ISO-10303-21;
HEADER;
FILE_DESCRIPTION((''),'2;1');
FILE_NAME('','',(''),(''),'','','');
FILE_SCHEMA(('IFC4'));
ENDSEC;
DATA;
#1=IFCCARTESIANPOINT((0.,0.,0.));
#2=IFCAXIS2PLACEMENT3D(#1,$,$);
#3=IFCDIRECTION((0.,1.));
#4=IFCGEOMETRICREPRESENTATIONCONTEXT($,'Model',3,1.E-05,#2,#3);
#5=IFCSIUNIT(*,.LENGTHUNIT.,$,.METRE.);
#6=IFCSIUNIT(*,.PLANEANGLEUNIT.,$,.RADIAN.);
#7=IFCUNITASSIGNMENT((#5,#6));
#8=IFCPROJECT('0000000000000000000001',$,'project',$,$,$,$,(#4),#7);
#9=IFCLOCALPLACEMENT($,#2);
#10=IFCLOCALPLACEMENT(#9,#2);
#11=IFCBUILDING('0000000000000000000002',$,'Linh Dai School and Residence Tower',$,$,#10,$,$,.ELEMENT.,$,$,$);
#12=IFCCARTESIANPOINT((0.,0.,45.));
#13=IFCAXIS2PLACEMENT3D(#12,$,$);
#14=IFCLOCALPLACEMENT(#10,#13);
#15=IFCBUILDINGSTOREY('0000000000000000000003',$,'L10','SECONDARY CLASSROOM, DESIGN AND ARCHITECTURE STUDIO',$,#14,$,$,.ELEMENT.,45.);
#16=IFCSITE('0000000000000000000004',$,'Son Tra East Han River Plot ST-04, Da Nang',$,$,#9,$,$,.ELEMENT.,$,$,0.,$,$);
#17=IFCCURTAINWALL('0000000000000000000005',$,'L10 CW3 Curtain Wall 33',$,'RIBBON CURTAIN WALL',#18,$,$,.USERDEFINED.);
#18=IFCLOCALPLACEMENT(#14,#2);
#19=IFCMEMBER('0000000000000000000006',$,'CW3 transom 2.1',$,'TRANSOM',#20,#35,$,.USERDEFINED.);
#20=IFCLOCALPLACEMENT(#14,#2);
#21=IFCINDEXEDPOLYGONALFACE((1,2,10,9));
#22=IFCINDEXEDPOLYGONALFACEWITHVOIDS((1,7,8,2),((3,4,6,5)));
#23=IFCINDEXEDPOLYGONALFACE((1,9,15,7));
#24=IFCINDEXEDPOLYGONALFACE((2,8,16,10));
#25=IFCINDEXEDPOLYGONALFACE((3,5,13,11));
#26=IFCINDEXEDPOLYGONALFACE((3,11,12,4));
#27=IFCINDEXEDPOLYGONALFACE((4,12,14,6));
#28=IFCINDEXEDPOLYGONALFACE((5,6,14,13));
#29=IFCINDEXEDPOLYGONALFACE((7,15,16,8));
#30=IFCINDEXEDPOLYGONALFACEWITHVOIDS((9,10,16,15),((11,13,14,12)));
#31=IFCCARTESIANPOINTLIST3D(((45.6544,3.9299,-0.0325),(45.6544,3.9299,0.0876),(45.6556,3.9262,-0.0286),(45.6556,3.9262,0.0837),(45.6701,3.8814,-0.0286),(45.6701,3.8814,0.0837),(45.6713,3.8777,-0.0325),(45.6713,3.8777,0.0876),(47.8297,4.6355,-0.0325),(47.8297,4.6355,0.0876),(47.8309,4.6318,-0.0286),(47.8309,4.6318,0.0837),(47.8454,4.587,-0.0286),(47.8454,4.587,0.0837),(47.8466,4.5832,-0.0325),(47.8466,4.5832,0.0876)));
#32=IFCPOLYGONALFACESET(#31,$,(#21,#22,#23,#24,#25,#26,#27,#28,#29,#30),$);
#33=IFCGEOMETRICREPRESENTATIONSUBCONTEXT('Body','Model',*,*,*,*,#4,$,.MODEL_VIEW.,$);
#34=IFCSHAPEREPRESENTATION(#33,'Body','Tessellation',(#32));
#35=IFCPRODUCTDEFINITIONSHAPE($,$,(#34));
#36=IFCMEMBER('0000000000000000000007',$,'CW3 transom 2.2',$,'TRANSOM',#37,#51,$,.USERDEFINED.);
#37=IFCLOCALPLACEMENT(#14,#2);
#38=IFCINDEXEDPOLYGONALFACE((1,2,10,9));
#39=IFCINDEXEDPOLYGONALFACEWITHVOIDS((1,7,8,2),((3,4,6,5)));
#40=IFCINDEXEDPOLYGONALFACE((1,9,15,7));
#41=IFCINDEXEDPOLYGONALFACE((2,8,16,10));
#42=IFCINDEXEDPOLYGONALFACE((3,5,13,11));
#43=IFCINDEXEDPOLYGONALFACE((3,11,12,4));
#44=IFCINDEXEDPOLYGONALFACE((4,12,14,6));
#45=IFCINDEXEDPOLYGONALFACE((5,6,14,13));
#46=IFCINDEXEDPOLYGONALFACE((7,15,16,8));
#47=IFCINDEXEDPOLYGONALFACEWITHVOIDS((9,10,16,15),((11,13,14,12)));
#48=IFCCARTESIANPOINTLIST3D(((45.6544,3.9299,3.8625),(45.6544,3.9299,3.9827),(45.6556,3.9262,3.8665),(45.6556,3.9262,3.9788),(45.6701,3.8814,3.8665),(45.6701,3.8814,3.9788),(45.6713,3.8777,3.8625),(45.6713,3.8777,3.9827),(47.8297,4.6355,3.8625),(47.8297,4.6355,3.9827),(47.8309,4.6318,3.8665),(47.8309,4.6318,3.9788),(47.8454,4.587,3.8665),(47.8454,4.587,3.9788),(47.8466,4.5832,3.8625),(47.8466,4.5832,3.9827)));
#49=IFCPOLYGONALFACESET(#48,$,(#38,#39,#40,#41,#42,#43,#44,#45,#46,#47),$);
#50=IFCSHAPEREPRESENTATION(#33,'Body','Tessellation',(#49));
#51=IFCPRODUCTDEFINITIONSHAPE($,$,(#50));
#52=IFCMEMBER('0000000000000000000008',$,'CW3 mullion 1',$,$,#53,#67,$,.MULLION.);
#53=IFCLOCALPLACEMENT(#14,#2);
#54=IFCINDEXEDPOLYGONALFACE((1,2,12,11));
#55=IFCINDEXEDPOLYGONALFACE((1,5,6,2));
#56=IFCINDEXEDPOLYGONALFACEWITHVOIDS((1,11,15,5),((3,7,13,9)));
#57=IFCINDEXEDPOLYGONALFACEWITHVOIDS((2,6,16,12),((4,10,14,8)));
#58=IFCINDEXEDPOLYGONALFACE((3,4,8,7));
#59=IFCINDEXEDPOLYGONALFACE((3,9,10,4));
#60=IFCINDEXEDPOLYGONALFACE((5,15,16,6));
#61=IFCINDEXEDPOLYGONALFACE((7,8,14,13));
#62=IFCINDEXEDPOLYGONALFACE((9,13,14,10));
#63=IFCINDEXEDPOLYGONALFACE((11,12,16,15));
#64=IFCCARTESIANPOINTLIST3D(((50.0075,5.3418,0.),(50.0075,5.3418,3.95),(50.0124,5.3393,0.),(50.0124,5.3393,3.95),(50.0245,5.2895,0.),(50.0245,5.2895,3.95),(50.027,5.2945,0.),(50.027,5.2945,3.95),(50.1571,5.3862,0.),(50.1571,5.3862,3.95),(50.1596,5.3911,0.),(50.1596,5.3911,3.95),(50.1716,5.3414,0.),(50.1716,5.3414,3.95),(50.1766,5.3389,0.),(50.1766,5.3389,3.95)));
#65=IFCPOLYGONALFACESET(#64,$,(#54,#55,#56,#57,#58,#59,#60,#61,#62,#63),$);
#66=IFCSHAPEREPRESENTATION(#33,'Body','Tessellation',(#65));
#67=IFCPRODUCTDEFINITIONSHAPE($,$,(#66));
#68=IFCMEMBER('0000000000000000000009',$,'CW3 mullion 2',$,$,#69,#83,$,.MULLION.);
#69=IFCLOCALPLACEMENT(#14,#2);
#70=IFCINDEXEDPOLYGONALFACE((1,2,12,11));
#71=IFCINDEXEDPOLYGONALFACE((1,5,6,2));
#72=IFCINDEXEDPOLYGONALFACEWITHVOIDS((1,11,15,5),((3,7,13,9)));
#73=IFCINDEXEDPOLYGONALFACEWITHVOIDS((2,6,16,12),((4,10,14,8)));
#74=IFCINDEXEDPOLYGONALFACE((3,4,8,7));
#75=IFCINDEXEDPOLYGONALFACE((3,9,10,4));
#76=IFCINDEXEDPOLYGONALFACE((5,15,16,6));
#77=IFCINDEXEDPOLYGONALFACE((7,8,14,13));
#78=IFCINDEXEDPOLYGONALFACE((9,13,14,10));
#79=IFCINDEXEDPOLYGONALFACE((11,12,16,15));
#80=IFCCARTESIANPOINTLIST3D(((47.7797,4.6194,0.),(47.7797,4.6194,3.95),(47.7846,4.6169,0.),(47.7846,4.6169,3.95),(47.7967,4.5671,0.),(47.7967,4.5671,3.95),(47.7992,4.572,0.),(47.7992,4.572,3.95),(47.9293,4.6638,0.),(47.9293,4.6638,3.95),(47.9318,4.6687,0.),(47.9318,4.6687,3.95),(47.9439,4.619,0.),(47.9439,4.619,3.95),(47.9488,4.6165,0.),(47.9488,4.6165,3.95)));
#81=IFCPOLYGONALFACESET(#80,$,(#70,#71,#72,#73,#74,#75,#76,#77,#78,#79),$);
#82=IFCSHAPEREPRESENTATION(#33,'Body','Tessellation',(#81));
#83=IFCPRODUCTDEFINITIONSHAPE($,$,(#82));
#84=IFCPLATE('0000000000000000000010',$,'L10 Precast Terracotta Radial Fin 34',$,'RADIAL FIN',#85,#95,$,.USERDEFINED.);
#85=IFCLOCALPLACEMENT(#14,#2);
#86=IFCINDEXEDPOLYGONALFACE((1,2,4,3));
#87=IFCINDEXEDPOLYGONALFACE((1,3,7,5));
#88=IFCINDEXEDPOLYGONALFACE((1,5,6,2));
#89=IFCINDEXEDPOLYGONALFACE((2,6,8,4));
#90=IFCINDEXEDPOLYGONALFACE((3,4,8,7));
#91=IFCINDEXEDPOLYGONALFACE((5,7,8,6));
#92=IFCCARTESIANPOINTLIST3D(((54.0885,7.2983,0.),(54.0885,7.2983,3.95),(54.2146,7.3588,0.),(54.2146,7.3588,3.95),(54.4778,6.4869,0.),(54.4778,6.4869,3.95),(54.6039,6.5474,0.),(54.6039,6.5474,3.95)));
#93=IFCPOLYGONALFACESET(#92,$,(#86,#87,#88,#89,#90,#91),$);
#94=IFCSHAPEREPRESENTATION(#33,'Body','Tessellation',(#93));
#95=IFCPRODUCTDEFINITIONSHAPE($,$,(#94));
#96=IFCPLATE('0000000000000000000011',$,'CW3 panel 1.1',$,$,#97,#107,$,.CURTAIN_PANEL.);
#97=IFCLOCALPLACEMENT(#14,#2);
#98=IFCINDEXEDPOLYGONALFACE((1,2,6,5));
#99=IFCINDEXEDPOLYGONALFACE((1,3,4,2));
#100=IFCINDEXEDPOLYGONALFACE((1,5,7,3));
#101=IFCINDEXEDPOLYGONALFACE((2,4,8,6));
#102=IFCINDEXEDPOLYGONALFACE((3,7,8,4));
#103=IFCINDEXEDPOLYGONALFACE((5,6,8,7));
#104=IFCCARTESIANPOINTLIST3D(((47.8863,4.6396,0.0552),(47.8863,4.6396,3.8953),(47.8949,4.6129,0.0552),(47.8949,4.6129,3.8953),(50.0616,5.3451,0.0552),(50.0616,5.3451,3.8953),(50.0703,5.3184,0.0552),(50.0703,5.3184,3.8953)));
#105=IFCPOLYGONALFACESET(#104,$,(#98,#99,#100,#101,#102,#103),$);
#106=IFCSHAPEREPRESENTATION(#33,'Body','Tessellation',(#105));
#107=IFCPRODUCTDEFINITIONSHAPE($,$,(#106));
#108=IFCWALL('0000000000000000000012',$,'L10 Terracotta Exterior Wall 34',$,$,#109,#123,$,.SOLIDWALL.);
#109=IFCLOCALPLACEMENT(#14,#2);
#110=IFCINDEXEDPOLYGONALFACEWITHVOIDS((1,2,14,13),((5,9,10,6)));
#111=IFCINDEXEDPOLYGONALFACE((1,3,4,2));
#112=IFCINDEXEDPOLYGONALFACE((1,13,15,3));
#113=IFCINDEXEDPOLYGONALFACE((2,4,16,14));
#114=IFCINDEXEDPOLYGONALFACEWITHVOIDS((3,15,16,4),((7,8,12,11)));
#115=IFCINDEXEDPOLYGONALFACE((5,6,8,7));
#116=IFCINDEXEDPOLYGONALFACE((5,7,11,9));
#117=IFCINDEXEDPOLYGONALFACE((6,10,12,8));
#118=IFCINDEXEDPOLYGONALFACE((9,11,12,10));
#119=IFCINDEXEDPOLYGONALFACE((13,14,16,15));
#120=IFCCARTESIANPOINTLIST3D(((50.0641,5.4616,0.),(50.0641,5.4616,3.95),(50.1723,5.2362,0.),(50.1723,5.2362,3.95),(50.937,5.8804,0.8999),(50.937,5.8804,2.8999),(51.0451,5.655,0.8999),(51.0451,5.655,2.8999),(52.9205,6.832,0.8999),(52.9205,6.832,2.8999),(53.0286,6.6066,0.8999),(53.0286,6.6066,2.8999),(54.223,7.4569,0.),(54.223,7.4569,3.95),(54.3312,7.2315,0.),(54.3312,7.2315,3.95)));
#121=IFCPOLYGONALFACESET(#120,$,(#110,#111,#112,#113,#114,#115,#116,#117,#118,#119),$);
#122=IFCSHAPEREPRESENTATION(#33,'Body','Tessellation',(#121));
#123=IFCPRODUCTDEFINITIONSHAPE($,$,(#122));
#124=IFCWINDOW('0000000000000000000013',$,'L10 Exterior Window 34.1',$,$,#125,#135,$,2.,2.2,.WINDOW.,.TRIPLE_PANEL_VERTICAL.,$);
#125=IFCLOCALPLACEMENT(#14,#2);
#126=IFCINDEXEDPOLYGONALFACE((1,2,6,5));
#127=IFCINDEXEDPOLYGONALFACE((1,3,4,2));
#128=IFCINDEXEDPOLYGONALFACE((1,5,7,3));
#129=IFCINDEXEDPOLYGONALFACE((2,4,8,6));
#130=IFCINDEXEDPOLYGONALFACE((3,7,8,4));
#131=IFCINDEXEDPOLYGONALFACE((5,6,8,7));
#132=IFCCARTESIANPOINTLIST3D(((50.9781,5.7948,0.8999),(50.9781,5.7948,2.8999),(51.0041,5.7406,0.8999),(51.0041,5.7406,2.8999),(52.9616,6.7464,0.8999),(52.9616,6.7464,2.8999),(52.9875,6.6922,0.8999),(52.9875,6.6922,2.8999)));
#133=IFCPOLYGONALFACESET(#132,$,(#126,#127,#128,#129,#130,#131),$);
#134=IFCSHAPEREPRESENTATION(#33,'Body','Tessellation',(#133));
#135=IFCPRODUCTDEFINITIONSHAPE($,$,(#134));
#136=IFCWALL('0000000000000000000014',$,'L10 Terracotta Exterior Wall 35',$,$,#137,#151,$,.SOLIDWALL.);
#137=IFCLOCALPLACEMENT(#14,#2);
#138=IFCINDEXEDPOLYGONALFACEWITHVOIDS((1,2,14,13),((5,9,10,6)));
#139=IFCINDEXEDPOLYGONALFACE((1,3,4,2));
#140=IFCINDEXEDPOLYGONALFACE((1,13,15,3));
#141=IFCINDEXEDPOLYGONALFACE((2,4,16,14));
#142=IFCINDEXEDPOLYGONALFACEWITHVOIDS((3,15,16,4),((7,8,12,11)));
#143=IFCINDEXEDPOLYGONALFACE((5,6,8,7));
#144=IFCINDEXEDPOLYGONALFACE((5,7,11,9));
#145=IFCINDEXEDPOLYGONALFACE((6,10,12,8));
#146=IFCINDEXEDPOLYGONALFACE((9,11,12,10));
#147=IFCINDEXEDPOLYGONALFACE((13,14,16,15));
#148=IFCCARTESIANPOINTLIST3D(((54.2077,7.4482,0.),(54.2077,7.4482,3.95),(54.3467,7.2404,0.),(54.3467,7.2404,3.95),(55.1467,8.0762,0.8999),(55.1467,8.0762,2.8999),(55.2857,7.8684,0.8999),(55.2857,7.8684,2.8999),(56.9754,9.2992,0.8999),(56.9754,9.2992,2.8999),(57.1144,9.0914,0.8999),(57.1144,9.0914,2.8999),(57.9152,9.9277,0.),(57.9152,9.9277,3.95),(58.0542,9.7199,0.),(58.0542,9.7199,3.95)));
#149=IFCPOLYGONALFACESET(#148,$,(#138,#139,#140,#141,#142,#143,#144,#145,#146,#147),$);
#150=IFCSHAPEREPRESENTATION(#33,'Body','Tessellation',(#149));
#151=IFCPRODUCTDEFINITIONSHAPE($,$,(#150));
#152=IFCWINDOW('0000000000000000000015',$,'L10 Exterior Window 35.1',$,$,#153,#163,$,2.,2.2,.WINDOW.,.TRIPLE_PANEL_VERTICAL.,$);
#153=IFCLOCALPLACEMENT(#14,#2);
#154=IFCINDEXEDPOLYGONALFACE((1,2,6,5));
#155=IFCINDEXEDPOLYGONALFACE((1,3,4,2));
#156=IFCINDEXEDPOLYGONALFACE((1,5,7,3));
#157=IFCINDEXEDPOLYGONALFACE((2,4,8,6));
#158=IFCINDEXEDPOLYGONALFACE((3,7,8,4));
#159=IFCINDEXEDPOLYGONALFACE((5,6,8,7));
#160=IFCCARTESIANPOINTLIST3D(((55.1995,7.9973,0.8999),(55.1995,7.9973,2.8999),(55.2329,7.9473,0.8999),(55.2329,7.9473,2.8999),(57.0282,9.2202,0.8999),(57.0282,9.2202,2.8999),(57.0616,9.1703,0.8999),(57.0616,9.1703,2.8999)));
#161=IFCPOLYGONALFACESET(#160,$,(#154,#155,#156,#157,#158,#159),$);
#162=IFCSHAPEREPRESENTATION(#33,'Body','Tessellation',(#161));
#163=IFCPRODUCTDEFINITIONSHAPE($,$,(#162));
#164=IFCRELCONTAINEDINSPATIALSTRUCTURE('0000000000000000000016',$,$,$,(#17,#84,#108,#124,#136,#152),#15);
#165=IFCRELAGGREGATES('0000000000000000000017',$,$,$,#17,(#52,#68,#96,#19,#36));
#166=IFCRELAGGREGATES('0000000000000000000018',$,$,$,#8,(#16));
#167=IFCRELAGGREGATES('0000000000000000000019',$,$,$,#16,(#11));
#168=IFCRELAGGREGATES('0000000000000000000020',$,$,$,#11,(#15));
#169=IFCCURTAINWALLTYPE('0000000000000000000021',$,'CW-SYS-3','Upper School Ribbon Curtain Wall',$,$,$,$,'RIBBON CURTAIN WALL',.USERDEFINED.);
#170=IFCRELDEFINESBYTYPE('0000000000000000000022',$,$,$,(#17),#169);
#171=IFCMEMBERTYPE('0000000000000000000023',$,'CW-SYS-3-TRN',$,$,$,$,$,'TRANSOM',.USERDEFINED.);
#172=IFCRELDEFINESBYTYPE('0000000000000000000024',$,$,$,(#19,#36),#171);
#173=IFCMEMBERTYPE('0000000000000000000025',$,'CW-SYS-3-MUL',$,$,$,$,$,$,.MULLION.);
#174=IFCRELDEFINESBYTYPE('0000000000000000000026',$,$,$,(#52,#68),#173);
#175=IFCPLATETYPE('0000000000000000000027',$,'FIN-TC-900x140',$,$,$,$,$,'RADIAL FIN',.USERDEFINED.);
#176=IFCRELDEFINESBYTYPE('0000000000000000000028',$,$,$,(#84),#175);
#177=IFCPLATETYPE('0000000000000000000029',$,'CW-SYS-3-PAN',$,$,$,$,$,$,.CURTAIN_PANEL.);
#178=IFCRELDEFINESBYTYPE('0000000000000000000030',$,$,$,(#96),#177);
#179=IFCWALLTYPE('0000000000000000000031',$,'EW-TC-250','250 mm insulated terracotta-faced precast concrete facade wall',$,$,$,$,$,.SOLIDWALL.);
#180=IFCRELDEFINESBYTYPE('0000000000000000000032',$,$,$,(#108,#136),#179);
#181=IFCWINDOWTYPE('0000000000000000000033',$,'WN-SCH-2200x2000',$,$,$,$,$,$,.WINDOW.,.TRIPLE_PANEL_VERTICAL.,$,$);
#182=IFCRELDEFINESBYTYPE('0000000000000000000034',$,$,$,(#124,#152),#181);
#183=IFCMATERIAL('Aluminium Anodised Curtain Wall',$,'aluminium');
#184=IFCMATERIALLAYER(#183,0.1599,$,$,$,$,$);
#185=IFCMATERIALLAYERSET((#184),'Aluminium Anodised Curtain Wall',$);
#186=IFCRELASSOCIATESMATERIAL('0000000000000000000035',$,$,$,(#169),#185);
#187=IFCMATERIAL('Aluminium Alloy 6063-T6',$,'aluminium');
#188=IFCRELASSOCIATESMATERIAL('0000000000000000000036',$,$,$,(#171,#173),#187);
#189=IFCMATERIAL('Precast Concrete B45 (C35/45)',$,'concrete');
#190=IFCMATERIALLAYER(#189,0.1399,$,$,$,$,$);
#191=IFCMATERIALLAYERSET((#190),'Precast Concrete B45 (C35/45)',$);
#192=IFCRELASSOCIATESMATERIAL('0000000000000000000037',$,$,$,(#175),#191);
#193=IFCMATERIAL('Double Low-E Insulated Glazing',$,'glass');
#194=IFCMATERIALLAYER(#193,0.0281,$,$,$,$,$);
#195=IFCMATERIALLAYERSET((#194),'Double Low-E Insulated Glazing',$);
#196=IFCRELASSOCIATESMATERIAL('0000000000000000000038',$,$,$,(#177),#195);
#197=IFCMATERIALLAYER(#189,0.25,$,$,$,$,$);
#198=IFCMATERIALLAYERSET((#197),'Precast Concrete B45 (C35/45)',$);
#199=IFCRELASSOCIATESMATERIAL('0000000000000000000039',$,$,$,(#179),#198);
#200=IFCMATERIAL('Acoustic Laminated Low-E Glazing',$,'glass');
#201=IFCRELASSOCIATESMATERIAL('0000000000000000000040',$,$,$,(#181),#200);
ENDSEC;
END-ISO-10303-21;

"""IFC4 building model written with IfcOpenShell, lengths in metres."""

from ifc_helpers import new_model, si_unit, direction, frame, frame_2d, origin, origin_2d, place, context, subcontext, project, spatial, rectangle, hollow_rectangle, extrude, source, transform, mapped, material, layer, layer_set, material_profile, profile_set, type_object, element, fill, aggregate, save


model = new_model("IFC4")

# Units and contexts
model_context = context("Model", 3, precision=1e-05, world=origin(), true_north=direction((0.0, 1.0)))
body_context = subcontext(model_context, "Body", "Model", "MODEL_VIEW")
ifc_project = project(units=[si_unit("LENGTHUNIT", "METRE"), si_unit("PLANEANGLEUNIT", "RADIAN")], contexts=[model_context])

# Site, building, storey
site_placement = place(None, origin())
site = spatial("IfcSite", under=ifc_project, at=site_placement, Name="Son Tra East Han River Plot ST-04, Da Nang", CompositionType="ELEMENT", RefElevation=0.0)
building_placement = place(site_placement, origin())
building = spatial("IfcBuilding", under=site, at=building_placement, Name="Linh Dai School and Residence Tower", CompositionType="ELEMENT")
storey_placement = place(building_placement, frame((0.0, 0.0, 45.0)))
storey = spatial("IfcBuildingStorey", under=building, at=storey_placement, Name="L10", Description="SECONDARY CLASSROOM, DESIGN AND ARCHITECTURE STUDIO", CompositionType="ELEMENT", Elevation=45.0)

# Curtain wall, members
ifc_material_1 = material(Name="Aluminium Anodised Curtain Wall", Category="aluminium")
ifc_layer_1 = layer(ifc_material_1, 0.1599)
ifc_layer_set_1 = layer_set([ifc_layer_1], Name="Aluminium Anodised Curtain Wall")
curtain_wall_type = type_object("IfcCurtainWallType", Name="CW-SYS-3", Description="Upper School Ribbon Curtain Wall", ElementType="RIBBON CURTAIN WALL", PredefinedType="USERDEFINED", material=ifc_layer_set_1)
curtain_wall_placement = place(storey_placement, origin())
curtain_wall = element("IfcCurtainWall", 1, at=curtain_wall_placement, inside=storey, type_object=curtain_wall_type, Name="L10 CW3 Curtain Wall 33", ObjectType="RIBBON CURTAIN WALL", PredefinedType="USERDEFINED")
ifc_material_2 = material(Name="Aluminium Alloy 6063-T6", Category="aluminium")
ifc_material_profile_1 = material_profile(ifc_material_2, hollow_rectangle(XDim=0.0549, YDim=0.1201, WallThickness=0.0039, at=origin_2d()), Name="RHS 120x55x4")
ifc_profile_set_1 = profile_set([ifc_material_profile_1], Name="Aluminium Alloy 6063-T6")
member_type_1 = type_object("IfcMemberType", Name="CW-SYS-3-TRN", ElementType="TRANSOM", PredefinedType="USERDEFINED", material=ifc_profile_set_1)
shared_shape_1 = source(origin(), body_context, "Body", "SweptSolid", [
    extrude(hollow_rectangle(XDim=0.0549, YDim=0.1201, WallThickness=0.0039, at=origin_2d()), origin(), (0.0, 0.0, 1.0), 2.2869),
])
member_1_placement = place(storey_placement, frame((47.8381, 4.6094, 0.0276), z_axis=(-0.951214, -0.308531, 0.0), x_axis=(0.308531, -0.951214, 0.0)))
member_1 = element("IfcMember", 2, at=member_1_placement, type_object=member_type_1, Name="CW3 transom 2.1", ObjectType="TRANSOM", PredefinedType="USERDEFINED", context=body_context, shape_type="MappedRepresentation", body=[
    mapped(shared_shape_1, transform((0.0, 0.0, 0.0), x_axis=(1.0, 0.0, 0.0), y_axis=(0.0, 1.0, 0.0), z_axis=(0.0, 0.0, 1.0), scale=1.0)),
])
member_2_placement = place(storey_placement, frame((47.8381, 4.6094, 3.9226), z_axis=(-0.951214, -0.308531, 0.0), x_axis=(0.308531, -0.951214, 0.0)))
member_2 = element("IfcMember", 3, at=member_2_placement, type_object=member_type_1, Name="CW3 transom 2.2", ObjectType="TRANSOM", PredefinedType="USERDEFINED", context=body_context, shape_type="MappedRepresentation", body=[
    mapped(shared_shape_1, transform((0.0, 0.0, 0.0), x_axis=(1.0, 0.0, 0.0), y_axis=(0.0, 1.0, 0.0), z_axis=(0.0, 0.0, 1.0), scale=1.0)),
])
ifc_material_profile_2 = material_profile(ifc_material_2, hollow_rectangle(XDim=0.0549, YDim=0.1599, WallThickness=0.0039, at=origin_2d()), Name="RHS 160x55x4")
ifc_profile_set_2 = profile_set([ifc_material_profile_2], Name="Aluminium Alloy 6063-T6")
member_type_2 = type_object("IfcMemberType", Name="CW-SYS-3-MUL", PredefinedType="MULLION", material=ifc_profile_set_2)
shared_shape_2 = source(origin(), body_context, "Body", "SweptSolid", [
    extrude(hollow_rectangle(XDim=0.0549, YDim=0.1599, WallThickness=0.0039, at=origin_2d()), origin(), (0.0, 0.0, 1.0), 3.95),
])
member_3_placement = place(storey_placement, frame((50.092, 5.3403, 0.0), z_axis=(0.0, 0.0, 1.0), x_axis=(0.308511, -0.951221, 0.0)))
member_3 = element("IfcMember", 4, at=member_3_placement, type_object=member_type_2, Name="CW3 mullion 1", PredefinedType="MULLION", context=body_context, shape_type="MappedRepresentation", body=[
    mapped(shared_shape_2, transform((0.0, 0.0, 0.0), x_axis=(1.0, 0.0, 0.0), y_axis=(0.0, 1.0, 0.0), z_axis=(0.0, 0.0, 1.0), scale=1.0)),
])
member_4_placement = place(storey_placement, frame((47.8643, 4.6179, 0.0), z_axis=(0.0, 0.0, 1.0), x_axis=(0.308511, -0.951221, 0.0)))
member_4 = element("IfcMember", 5, at=member_4_placement, type_object=member_type_2, Name="CW3 mullion 2", PredefinedType="MULLION", context=body_context, shape_type="MappedRepresentation", body=[
    mapped(shared_shape_2, transform((0.0, 0.0, 0.0), x_axis=(1.0, 0.0, 0.0), y_axis=(0.0, 1.0, 0.0), z_axis=(0.0, 0.0, 1.0), scale=1.0)),
])

# Plates
ifc_material_3 = material(Name="Precast Concrete B45 (C35/45)", Category="concrete")
ifc_layer_2 = layer(ifc_material_3, 0.1399)
ifc_layer_set_2 = layer_set([ifc_layer_2], Name="Precast Concrete B45 (C35/45)")
plate_type_1 = type_object("IfcPlateType", Name="FIN-TC-900x140", ElementType="RADIAL FIN", PredefinedType="USERDEFINED", material=ifc_layer_set_2)
shared_shape_3 = source(origin(), body_context, "Body", "SweptSolid", [
    extrude(rectangle(XDim=0.8999, YDim=0.1399, at=origin_2d()), origin(), (0.0, 0.0, 1.0), 3.95),
])
plate_1_placement = place(storey_placement, frame((54.3462, 6.9229, 0.0), z_axis=(0.0, 0.0, 1.0), x_axis=(0.432603, -0.901585, 0.0)))
element("IfcPlate", 6, at=plate_1_placement, inside=storey, type_object=plate_type_1, Name="L10 Precast Terracotta Radial Fin 34", ObjectType="RADIAL FIN", PredefinedType="USERDEFINED", context=body_context, shape_type="MappedRepresentation", body=[
    mapped(shared_shape_3, transform((0.0, 0.0, 0.0), x_axis=(1.0, 0.0, 0.0), y_axis=(0.0, 1.0, 0.0), z_axis=(0.0, 0.0, 1.0), scale=1.0)),
])
ifc_material_4 = material(Name="Double Low-E Insulated Glazing", Category="glass")
ifc_layer_3 = layer(ifc_material_4, 0.0281)
ifc_layer_set_3 = layer_set([ifc_layer_3], Name="Double Low-E Insulated Glazing")
plate_type_2 = type_object("IfcPlateType", Name="CW-SYS-3-PAN", PredefinedType="CURTAIN_PANEL", material=ifc_layer_set_3)
shared_shape_4 = source(origin(), body_context, "Body", "SweptSolid", [
    extrude(rectangle(XDim=2.2869, YDim=0.0281, at=origin_2d()), origin(), (0.0, 0.0, 1.0), 3.8401),
])
plate_2_placement = place(storey_placement, frame((48.9783, 4.979, 0.0552), z_axis=(0.0, 0.0, 1.0), x_axis=(-0.951221, -0.308511, 0.0)))
plate_2 = element("IfcPlate", 7, at=plate_2_placement, type_object=plate_type_2, Name="CW3 panel 1.1", PredefinedType="CURTAIN_PANEL", context=body_context, shape_type="MappedRepresentation", body=[
    mapped(shared_shape_4, transform((0.0, 0.0, 0.0), x_axis=(1.0, 0.0, 0.0), y_axis=(0.0, 1.0, 0.0), z_axis=(0.0, 0.0, 1.0), scale=1.0)),
])
aggregate(curtain_wall, [member_3, member_4, plate_2, member_1, member_2])

# Walls, openings, windows
ifc_layer_4 = layer(ifc_material_3, 0.25)
ifc_layer_set_4 = layer_set([ifc_layer_4], Name="Precast Concrete B45 (C35/45)")
wall_type_1 = type_object("IfcWallType", Name="EW-TC-250", Description="250 mm insulated terracotta-faced precast concrete facade wall", PredefinedType="SOLIDWALL", material=ifc_layer_set_4)
wall_1_placement = place(storey_placement, frame((54.2771, 7.3442, 0.0), z_axis=(0.0, 0.0, 1.0), x_axis=(-0.901602, -0.432568, 0.0)))
wall_1 = element("IfcWall", 8, at=wall_1_placement, inside=storey, type_object=wall_type_1, Name="L10 Terracotta Exterior Wall 34", PredefinedType="SOLIDWALL", context=body_context, shape_type="SweptSolid", body=[
    extrude(rectangle(XDim=4.6128, YDim=0.25, at=frame_2d((2.3064, 0.0))), origin(), (0.0, 0.0, 1.0), 3.95),
])
opening_1_placement = place(wall_1_placement, frame((1.4446, 0.0, 0.8999)))
opening_1 = element("IfcOpeningElement", 9, at=opening_1_placement, cuts=wall_1, PredefinedType="OPENING", context=body_context, shape_type="SweptSolid", body=[
    extrude(rectangle(XDim=2.2, YDim=2.0, at=origin_2d()), frame((1.1001, 0.135, 1.0), z_axis=(0.0, -1.0, 0.0), x_axis=(1.0, 0.0, 0.0)), (0.0, 0.0, 1.0), 0.27),
])
ifc_material_5 = material(Name="Acoustic Laminated Low-E Glazing", Category="glass")
window_type_1 = type_object("IfcWindowType", Name="WN-SCH-2200x2000", PartitioningType="TRIPLE_PANEL_VERTICAL", PredefinedType="WINDOW", material=ifc_material_5)
shared_shape_5 = source(origin(), body_context, "Body", "SweptSolid", [
    extrude(rectangle(XDim=2.2, YDim=2.0, at=origin_2d()), frame((1.1001, 0.03, 1.0), z_axis=(0.0, -1.0, 0.0), x_axis=(1.0, 0.0, 0.0)), (0.0, 0.0, 1.0), 0.0601),
])
window_1_placement = place(opening_1_placement, origin())
window_1 = element("IfcWindow", 10, at=window_1_placement, inside=storey, type_object=window_type_1, Name="L10 Exterior Window 34.1", OverallHeight=2.0, OverallWidth=2.2, PartitioningType="TRIPLE_PANEL_VERTICAL", PredefinedType="WINDOW", context=body_context, shape_type="MappedRepresentation", body=[
    mapped(shared_shape_5, transform((0.0, 0.0, 0.0), x_axis=(1.0, 0.0, 0.0), y_axis=(0.0, 1.0, 0.0), z_axis=(0.0, 0.0, 1.0), scale=1.0)),
])
fill(opening_1, window_1)
wall_2_placement = place(storey_placement, frame((57.9846, 9.8237, 0.0), z_axis=(0.0, 0.0, 1.0), x_axis=(-0.831241, -0.555912, 0.0)))
wall_2 = element("IfcWall", 11, at=wall_2_placement, inside=storey, type_object=wall_type_1, Name="L10 Terracotta Exterior Wall 35", PredefinedType="SOLIDWALL", context=body_context, shape_type="SweptSolid", body=[
    extrude(rectangle(XDim=4.4602, YDim=0.25, at=frame_2d((2.23, 0.0))), origin(), (0.0, 0.0, 1.0), 3.95),
])
opening_2_placement = place(wall_2_placement, frame((1.1304, 0.0, 0.8999)))
opening_2 = element("IfcOpeningElement", 12, at=opening_2_placement, cuts=wall_2, PredefinedType="OPENING", context=body_context, shape_type="SweptSolid", body=[
    extrude(rectangle(XDim=2.2, YDim=2.0, at=origin_2d()), frame((1.1001, 0.135, 1.0), z_axis=(0.0, -1.0, 0.0), x_axis=(1.0, 0.0, 0.0)), (0.0, 0.0, 1.0), 0.27),
])
window_2_placement = place(opening_2_placement, origin())
window_2 = element("IfcWindow", 13, at=window_2_placement, inside=storey, type_object=window_type_1, Name="L10 Exterior Window 35.1", OverallHeight=2.0, OverallWidth=2.2, PartitioningType="TRIPLE_PANEL_VERTICAL", PredefinedType="WINDOW", context=body_context, shape_type="MappedRepresentation", body=[
    mapped(shared_shape_5, transform((0.0, 0.0, 0.0), x_axis=(1.0, 0.0, 0.0), y_axis=(0.0, 1.0, 0.0), z_axis=(0.0, 0.0, 1.0), scale=1.0)),
])
fill(opening_2, window_2)

save(model, "model.ifc")
